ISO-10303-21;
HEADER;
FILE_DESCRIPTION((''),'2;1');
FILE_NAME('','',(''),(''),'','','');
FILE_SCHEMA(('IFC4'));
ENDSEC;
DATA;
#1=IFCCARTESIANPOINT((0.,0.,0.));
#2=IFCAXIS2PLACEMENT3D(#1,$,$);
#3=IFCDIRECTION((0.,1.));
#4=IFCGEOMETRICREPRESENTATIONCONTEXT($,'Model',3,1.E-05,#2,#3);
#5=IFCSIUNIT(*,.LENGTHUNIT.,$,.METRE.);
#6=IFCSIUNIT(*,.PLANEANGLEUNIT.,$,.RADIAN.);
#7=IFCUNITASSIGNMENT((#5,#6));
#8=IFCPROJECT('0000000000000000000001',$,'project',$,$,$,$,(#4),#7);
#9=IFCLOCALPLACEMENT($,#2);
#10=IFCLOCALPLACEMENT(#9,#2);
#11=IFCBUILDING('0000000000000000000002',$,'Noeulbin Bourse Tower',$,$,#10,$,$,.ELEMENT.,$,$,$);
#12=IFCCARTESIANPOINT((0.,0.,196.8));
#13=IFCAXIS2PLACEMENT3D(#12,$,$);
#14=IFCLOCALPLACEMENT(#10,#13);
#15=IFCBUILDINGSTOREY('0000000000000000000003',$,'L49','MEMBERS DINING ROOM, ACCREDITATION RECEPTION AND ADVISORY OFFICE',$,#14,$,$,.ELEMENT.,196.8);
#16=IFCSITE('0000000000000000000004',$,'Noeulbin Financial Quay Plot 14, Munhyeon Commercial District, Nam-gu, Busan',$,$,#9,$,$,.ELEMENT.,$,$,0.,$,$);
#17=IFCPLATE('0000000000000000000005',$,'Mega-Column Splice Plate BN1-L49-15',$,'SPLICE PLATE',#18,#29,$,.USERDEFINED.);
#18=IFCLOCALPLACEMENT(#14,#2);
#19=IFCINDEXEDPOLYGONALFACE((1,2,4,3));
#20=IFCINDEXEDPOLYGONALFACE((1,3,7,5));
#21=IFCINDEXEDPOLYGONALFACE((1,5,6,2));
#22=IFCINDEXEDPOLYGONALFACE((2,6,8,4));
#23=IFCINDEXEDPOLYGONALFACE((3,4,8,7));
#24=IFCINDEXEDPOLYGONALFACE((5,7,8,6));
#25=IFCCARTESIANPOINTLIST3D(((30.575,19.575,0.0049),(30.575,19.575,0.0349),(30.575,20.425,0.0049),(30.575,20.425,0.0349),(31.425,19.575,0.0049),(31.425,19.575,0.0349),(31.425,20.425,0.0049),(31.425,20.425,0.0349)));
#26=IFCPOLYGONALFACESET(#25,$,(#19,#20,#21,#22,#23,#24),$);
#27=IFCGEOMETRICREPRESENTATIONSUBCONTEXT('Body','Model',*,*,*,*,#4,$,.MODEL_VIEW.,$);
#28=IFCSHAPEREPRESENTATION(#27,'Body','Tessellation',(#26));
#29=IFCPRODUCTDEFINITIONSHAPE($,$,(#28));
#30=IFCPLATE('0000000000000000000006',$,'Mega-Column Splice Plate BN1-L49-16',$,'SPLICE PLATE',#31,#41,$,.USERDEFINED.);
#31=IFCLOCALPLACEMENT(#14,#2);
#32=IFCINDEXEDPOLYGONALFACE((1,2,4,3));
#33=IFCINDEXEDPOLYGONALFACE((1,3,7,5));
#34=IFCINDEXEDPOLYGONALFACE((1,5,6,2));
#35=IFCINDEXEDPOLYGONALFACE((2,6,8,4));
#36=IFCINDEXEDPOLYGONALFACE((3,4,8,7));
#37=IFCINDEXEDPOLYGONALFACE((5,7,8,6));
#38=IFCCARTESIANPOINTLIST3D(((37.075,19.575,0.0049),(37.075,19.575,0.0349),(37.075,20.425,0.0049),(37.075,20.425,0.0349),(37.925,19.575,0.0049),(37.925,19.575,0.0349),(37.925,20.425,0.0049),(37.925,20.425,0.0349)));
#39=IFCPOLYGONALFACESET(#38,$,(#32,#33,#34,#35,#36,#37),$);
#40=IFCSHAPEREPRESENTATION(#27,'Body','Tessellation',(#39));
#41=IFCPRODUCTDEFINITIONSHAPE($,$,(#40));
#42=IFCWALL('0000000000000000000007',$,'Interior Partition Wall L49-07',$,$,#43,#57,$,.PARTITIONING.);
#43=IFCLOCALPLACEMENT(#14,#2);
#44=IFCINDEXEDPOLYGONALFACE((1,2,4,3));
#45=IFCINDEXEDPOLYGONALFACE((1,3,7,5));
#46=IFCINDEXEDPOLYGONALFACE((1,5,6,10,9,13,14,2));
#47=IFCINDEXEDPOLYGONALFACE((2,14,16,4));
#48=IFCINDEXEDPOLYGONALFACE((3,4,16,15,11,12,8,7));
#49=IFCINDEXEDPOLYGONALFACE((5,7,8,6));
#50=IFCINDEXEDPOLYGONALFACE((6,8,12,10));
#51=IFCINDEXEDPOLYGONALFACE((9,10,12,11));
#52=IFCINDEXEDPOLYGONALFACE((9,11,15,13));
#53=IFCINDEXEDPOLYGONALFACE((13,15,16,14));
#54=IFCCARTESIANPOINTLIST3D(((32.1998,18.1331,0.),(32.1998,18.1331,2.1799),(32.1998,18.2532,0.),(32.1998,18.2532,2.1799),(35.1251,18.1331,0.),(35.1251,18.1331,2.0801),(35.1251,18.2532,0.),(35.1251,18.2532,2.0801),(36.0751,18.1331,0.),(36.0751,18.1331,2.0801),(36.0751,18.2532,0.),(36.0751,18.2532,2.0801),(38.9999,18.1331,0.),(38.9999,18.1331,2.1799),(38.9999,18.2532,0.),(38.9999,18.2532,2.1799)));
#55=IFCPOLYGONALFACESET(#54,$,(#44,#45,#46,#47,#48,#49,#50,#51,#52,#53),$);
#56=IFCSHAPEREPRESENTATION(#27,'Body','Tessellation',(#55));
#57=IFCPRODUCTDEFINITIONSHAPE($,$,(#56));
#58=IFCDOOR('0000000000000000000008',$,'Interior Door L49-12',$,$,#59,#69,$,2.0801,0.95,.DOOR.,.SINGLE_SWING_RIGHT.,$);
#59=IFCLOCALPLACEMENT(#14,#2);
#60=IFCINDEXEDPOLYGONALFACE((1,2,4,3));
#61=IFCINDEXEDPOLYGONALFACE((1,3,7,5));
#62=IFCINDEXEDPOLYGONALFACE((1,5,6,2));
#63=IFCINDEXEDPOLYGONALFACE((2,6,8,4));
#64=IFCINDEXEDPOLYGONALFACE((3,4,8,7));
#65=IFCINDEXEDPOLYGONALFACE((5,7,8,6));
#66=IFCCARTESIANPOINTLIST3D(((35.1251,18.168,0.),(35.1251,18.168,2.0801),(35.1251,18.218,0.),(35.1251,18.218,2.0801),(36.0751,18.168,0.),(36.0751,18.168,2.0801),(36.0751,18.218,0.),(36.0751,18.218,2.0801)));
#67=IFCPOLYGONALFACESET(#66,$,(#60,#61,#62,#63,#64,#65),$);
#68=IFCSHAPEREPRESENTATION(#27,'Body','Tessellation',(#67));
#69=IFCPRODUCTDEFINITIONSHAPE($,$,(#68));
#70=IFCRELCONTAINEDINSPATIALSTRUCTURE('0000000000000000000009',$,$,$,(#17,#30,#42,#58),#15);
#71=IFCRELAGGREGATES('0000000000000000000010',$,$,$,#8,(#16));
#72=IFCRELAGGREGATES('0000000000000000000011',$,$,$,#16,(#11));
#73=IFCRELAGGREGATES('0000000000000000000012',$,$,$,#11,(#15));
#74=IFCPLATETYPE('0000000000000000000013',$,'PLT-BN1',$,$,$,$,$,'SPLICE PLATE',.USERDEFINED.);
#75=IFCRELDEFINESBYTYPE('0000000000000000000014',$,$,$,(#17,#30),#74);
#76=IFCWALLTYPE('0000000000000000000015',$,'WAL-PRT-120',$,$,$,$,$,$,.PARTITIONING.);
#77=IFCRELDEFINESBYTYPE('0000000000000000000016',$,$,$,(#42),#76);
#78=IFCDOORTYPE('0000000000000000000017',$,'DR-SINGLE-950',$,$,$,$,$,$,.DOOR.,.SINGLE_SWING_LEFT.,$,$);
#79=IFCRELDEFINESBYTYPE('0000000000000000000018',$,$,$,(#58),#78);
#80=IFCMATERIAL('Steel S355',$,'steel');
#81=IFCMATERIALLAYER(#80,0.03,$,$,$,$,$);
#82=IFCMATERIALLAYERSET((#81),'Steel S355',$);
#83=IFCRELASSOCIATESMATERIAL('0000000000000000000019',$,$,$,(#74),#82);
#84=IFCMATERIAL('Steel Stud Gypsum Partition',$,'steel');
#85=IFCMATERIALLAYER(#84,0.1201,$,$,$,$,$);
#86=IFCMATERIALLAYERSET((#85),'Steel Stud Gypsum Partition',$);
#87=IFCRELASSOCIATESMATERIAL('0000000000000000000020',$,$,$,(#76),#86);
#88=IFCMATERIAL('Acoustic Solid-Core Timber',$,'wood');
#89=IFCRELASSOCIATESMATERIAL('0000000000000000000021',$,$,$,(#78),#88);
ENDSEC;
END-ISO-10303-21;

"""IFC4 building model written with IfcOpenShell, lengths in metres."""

from ifc_helpers import new_model, si_unit, direction, frame, frame_2d, origin, origin_2d, place, context, subcontext, project, spatial, rectangle, extrude, material, layer, layer_set, type_object, element, fill, save


model = new_model("IFC4")

# Units and contexts
model_context = context("Model", 3, precision=1e-05, world=origin(), true_north=direction((0.0, 1.0)))
body_context = subcontext(model_context, "Body", "Model", "MODEL_VIEW")
ifc_project = project(units=[si_unit("LENGTHUNIT", "METRE"), si_unit("PLANEANGLEUNIT", "RADIAN")], contexts=[model_context])

# Site, building, storey
site_placement = place(None, origin())
site = spatial("IfcSite", under=ifc_project, at=site_placement, Name="Noeulbin Financial Quay Plot 14, Munhyeon Commercial District, Nam-gu, Busan", CompositionType="ELEMENT", RefElevation=0.0)
building_placement = place(site_placement, origin())
building = spatial("IfcBuilding", under=site, at=building_placement, Name="Noeulbin Bourse Tower", CompositionType="ELEMENT")
storey_placement = place(building_placement, frame((0.0, 0.0, 196.8)))
storey = spatial("IfcBuildingStorey", under=building, at=storey_placement, Name="L49", Description="MEMBERS DINING ROOM, ACCREDITATION RECEPTION AND ADVISORY OFFICE", CompositionType="ELEMENT", Elevation=196.8)

# Shared definitions
ifc_material_1 = material(Name="Steel S355", Category="steel")

# Plates
ifc_layer_1 = layer(ifc_material_1, 0.03)
ifc_layer_set_1 = layer_set([ifc_layer_1], Name="Steel S355")
plate_type = type_object("IfcPlateType", Name="PLT-BN1", ElementType="SPLICE PLATE", PredefinedType="USERDEFINED", material=ifc_layer_set_1)
for number, where, z_axis, x_axis, name in (
    (1, (31.0, 20.0, 0.0049), (0.0, 0.0, 1.0), (1.0, 0.0, 0.0), "Mega-Column Splice Plate BN1-L49-15"),
    (2, (37.5, 20.0, 0.0049), (0.0, 0.0, 1.0), (1.0, 0.0, 0.0), "Mega-Column Splice Plate BN1-L49-16"),
):
    element("IfcPlate", number, at=place(storey_placement, frame(where, z_axis=z_axis, x_axis=x_axis)), inside=storey, type_object=plate_type, Name=name, ObjectType="SPLICE PLATE", PredefinedType="USERDEFINED", context=body_context, shape_type="SweptSolid", body=[
        extrude(rectangle(XDim=0.8501, YDim=0.8501, at=origin_2d()), origin(), (0.0, 0.0, 1.0), 0.03),
    ])

# Wall, opening, door
ifc_material_2 = material(Name="Steel Stud Gypsum Partition", Category="steel")
ifc_layer_2 = layer(ifc_material_2, 0.1201)
ifc_layer_set_2 = layer_set([ifc_layer_2], Name="Steel Stud Gypsum Partition")
wall_type = type_object("IfcWallType", Name="WAL-PRT-120", PredefinedType="PARTITIONING", material=ifc_layer_set_2)
wall_placement = place(storey_placement, frame((32.2, 18.1931, 0.0), z_axis=(0.0, 0.0, 1.0), x_axis=(1.0, 0.0, 0.0)))
wall = element("IfcWall", 3, at=wall_placement, inside=storey, type_object=wall_type, Name="Interior Partition Wall L49-07", PredefinedType="PARTITIONING", context=body_context, shape_type="SweptSolid", body=[
    extrude(rectangle(XDim=6.8, YDim=0.1201, at=frame_2d((3.3999, 0.0))), origin(), (0.0, 0.0, 1.0), 2.1799),
])
opening_placement = place(wall_placement, frame((2.925, 0.0, 0.0)))
opening = element("IfcOpeningElement", 4, at=opening_placement, cuts=wall, PredefinedType="OPENING", context=body_context, shape_type="SweptSolid", body=[
    extrude(rectangle(XDim=0.95, YDim=2.0801, at=frame_2d((0.4751, 1.04))), frame((0.0, 0.0701, 0.0), z_axis=(0.0, -1.0, 0.0), x_axis=(1.0, 0.0, 0.0)), (0.0, 0.0, 1.0), 0.1401),
])
ifc_material_3 = material(Name="Acoustic Solid-Core Timber", Category="wood")
door_type = type_object("IfcDoorType", Name="DR-SINGLE-950", OperationType="SINGLE_SWING_LEFT", PredefinedType="DOOR", material=ifc_material_3)
door_placement = place(opening_placement, origin())
door = element("IfcDoor", 5, at=door_placement, inside=storey, type_object=door_type, Name="Interior Door L49-12", OperationType="SINGLE_SWING_RIGHT", OverallHeight=2.0801, OverallWidth=0.95, PredefinedType="DOOR", context=body_context, shape_type="SweptSolid", body=[
    extrude(rectangle(XDim=0.95, YDim=2.0801, at=frame_2d((0.4751, 1.04))), frame((0.0, 0.0249, 0.0), z_axis=(0.0, -1.0, 0.0), x_axis=(1.0, 0.0, 0.0)), (0.0, 0.0, 1.0), 0.05),
])
fill(opening, door)

save(model, "model.ifc")
